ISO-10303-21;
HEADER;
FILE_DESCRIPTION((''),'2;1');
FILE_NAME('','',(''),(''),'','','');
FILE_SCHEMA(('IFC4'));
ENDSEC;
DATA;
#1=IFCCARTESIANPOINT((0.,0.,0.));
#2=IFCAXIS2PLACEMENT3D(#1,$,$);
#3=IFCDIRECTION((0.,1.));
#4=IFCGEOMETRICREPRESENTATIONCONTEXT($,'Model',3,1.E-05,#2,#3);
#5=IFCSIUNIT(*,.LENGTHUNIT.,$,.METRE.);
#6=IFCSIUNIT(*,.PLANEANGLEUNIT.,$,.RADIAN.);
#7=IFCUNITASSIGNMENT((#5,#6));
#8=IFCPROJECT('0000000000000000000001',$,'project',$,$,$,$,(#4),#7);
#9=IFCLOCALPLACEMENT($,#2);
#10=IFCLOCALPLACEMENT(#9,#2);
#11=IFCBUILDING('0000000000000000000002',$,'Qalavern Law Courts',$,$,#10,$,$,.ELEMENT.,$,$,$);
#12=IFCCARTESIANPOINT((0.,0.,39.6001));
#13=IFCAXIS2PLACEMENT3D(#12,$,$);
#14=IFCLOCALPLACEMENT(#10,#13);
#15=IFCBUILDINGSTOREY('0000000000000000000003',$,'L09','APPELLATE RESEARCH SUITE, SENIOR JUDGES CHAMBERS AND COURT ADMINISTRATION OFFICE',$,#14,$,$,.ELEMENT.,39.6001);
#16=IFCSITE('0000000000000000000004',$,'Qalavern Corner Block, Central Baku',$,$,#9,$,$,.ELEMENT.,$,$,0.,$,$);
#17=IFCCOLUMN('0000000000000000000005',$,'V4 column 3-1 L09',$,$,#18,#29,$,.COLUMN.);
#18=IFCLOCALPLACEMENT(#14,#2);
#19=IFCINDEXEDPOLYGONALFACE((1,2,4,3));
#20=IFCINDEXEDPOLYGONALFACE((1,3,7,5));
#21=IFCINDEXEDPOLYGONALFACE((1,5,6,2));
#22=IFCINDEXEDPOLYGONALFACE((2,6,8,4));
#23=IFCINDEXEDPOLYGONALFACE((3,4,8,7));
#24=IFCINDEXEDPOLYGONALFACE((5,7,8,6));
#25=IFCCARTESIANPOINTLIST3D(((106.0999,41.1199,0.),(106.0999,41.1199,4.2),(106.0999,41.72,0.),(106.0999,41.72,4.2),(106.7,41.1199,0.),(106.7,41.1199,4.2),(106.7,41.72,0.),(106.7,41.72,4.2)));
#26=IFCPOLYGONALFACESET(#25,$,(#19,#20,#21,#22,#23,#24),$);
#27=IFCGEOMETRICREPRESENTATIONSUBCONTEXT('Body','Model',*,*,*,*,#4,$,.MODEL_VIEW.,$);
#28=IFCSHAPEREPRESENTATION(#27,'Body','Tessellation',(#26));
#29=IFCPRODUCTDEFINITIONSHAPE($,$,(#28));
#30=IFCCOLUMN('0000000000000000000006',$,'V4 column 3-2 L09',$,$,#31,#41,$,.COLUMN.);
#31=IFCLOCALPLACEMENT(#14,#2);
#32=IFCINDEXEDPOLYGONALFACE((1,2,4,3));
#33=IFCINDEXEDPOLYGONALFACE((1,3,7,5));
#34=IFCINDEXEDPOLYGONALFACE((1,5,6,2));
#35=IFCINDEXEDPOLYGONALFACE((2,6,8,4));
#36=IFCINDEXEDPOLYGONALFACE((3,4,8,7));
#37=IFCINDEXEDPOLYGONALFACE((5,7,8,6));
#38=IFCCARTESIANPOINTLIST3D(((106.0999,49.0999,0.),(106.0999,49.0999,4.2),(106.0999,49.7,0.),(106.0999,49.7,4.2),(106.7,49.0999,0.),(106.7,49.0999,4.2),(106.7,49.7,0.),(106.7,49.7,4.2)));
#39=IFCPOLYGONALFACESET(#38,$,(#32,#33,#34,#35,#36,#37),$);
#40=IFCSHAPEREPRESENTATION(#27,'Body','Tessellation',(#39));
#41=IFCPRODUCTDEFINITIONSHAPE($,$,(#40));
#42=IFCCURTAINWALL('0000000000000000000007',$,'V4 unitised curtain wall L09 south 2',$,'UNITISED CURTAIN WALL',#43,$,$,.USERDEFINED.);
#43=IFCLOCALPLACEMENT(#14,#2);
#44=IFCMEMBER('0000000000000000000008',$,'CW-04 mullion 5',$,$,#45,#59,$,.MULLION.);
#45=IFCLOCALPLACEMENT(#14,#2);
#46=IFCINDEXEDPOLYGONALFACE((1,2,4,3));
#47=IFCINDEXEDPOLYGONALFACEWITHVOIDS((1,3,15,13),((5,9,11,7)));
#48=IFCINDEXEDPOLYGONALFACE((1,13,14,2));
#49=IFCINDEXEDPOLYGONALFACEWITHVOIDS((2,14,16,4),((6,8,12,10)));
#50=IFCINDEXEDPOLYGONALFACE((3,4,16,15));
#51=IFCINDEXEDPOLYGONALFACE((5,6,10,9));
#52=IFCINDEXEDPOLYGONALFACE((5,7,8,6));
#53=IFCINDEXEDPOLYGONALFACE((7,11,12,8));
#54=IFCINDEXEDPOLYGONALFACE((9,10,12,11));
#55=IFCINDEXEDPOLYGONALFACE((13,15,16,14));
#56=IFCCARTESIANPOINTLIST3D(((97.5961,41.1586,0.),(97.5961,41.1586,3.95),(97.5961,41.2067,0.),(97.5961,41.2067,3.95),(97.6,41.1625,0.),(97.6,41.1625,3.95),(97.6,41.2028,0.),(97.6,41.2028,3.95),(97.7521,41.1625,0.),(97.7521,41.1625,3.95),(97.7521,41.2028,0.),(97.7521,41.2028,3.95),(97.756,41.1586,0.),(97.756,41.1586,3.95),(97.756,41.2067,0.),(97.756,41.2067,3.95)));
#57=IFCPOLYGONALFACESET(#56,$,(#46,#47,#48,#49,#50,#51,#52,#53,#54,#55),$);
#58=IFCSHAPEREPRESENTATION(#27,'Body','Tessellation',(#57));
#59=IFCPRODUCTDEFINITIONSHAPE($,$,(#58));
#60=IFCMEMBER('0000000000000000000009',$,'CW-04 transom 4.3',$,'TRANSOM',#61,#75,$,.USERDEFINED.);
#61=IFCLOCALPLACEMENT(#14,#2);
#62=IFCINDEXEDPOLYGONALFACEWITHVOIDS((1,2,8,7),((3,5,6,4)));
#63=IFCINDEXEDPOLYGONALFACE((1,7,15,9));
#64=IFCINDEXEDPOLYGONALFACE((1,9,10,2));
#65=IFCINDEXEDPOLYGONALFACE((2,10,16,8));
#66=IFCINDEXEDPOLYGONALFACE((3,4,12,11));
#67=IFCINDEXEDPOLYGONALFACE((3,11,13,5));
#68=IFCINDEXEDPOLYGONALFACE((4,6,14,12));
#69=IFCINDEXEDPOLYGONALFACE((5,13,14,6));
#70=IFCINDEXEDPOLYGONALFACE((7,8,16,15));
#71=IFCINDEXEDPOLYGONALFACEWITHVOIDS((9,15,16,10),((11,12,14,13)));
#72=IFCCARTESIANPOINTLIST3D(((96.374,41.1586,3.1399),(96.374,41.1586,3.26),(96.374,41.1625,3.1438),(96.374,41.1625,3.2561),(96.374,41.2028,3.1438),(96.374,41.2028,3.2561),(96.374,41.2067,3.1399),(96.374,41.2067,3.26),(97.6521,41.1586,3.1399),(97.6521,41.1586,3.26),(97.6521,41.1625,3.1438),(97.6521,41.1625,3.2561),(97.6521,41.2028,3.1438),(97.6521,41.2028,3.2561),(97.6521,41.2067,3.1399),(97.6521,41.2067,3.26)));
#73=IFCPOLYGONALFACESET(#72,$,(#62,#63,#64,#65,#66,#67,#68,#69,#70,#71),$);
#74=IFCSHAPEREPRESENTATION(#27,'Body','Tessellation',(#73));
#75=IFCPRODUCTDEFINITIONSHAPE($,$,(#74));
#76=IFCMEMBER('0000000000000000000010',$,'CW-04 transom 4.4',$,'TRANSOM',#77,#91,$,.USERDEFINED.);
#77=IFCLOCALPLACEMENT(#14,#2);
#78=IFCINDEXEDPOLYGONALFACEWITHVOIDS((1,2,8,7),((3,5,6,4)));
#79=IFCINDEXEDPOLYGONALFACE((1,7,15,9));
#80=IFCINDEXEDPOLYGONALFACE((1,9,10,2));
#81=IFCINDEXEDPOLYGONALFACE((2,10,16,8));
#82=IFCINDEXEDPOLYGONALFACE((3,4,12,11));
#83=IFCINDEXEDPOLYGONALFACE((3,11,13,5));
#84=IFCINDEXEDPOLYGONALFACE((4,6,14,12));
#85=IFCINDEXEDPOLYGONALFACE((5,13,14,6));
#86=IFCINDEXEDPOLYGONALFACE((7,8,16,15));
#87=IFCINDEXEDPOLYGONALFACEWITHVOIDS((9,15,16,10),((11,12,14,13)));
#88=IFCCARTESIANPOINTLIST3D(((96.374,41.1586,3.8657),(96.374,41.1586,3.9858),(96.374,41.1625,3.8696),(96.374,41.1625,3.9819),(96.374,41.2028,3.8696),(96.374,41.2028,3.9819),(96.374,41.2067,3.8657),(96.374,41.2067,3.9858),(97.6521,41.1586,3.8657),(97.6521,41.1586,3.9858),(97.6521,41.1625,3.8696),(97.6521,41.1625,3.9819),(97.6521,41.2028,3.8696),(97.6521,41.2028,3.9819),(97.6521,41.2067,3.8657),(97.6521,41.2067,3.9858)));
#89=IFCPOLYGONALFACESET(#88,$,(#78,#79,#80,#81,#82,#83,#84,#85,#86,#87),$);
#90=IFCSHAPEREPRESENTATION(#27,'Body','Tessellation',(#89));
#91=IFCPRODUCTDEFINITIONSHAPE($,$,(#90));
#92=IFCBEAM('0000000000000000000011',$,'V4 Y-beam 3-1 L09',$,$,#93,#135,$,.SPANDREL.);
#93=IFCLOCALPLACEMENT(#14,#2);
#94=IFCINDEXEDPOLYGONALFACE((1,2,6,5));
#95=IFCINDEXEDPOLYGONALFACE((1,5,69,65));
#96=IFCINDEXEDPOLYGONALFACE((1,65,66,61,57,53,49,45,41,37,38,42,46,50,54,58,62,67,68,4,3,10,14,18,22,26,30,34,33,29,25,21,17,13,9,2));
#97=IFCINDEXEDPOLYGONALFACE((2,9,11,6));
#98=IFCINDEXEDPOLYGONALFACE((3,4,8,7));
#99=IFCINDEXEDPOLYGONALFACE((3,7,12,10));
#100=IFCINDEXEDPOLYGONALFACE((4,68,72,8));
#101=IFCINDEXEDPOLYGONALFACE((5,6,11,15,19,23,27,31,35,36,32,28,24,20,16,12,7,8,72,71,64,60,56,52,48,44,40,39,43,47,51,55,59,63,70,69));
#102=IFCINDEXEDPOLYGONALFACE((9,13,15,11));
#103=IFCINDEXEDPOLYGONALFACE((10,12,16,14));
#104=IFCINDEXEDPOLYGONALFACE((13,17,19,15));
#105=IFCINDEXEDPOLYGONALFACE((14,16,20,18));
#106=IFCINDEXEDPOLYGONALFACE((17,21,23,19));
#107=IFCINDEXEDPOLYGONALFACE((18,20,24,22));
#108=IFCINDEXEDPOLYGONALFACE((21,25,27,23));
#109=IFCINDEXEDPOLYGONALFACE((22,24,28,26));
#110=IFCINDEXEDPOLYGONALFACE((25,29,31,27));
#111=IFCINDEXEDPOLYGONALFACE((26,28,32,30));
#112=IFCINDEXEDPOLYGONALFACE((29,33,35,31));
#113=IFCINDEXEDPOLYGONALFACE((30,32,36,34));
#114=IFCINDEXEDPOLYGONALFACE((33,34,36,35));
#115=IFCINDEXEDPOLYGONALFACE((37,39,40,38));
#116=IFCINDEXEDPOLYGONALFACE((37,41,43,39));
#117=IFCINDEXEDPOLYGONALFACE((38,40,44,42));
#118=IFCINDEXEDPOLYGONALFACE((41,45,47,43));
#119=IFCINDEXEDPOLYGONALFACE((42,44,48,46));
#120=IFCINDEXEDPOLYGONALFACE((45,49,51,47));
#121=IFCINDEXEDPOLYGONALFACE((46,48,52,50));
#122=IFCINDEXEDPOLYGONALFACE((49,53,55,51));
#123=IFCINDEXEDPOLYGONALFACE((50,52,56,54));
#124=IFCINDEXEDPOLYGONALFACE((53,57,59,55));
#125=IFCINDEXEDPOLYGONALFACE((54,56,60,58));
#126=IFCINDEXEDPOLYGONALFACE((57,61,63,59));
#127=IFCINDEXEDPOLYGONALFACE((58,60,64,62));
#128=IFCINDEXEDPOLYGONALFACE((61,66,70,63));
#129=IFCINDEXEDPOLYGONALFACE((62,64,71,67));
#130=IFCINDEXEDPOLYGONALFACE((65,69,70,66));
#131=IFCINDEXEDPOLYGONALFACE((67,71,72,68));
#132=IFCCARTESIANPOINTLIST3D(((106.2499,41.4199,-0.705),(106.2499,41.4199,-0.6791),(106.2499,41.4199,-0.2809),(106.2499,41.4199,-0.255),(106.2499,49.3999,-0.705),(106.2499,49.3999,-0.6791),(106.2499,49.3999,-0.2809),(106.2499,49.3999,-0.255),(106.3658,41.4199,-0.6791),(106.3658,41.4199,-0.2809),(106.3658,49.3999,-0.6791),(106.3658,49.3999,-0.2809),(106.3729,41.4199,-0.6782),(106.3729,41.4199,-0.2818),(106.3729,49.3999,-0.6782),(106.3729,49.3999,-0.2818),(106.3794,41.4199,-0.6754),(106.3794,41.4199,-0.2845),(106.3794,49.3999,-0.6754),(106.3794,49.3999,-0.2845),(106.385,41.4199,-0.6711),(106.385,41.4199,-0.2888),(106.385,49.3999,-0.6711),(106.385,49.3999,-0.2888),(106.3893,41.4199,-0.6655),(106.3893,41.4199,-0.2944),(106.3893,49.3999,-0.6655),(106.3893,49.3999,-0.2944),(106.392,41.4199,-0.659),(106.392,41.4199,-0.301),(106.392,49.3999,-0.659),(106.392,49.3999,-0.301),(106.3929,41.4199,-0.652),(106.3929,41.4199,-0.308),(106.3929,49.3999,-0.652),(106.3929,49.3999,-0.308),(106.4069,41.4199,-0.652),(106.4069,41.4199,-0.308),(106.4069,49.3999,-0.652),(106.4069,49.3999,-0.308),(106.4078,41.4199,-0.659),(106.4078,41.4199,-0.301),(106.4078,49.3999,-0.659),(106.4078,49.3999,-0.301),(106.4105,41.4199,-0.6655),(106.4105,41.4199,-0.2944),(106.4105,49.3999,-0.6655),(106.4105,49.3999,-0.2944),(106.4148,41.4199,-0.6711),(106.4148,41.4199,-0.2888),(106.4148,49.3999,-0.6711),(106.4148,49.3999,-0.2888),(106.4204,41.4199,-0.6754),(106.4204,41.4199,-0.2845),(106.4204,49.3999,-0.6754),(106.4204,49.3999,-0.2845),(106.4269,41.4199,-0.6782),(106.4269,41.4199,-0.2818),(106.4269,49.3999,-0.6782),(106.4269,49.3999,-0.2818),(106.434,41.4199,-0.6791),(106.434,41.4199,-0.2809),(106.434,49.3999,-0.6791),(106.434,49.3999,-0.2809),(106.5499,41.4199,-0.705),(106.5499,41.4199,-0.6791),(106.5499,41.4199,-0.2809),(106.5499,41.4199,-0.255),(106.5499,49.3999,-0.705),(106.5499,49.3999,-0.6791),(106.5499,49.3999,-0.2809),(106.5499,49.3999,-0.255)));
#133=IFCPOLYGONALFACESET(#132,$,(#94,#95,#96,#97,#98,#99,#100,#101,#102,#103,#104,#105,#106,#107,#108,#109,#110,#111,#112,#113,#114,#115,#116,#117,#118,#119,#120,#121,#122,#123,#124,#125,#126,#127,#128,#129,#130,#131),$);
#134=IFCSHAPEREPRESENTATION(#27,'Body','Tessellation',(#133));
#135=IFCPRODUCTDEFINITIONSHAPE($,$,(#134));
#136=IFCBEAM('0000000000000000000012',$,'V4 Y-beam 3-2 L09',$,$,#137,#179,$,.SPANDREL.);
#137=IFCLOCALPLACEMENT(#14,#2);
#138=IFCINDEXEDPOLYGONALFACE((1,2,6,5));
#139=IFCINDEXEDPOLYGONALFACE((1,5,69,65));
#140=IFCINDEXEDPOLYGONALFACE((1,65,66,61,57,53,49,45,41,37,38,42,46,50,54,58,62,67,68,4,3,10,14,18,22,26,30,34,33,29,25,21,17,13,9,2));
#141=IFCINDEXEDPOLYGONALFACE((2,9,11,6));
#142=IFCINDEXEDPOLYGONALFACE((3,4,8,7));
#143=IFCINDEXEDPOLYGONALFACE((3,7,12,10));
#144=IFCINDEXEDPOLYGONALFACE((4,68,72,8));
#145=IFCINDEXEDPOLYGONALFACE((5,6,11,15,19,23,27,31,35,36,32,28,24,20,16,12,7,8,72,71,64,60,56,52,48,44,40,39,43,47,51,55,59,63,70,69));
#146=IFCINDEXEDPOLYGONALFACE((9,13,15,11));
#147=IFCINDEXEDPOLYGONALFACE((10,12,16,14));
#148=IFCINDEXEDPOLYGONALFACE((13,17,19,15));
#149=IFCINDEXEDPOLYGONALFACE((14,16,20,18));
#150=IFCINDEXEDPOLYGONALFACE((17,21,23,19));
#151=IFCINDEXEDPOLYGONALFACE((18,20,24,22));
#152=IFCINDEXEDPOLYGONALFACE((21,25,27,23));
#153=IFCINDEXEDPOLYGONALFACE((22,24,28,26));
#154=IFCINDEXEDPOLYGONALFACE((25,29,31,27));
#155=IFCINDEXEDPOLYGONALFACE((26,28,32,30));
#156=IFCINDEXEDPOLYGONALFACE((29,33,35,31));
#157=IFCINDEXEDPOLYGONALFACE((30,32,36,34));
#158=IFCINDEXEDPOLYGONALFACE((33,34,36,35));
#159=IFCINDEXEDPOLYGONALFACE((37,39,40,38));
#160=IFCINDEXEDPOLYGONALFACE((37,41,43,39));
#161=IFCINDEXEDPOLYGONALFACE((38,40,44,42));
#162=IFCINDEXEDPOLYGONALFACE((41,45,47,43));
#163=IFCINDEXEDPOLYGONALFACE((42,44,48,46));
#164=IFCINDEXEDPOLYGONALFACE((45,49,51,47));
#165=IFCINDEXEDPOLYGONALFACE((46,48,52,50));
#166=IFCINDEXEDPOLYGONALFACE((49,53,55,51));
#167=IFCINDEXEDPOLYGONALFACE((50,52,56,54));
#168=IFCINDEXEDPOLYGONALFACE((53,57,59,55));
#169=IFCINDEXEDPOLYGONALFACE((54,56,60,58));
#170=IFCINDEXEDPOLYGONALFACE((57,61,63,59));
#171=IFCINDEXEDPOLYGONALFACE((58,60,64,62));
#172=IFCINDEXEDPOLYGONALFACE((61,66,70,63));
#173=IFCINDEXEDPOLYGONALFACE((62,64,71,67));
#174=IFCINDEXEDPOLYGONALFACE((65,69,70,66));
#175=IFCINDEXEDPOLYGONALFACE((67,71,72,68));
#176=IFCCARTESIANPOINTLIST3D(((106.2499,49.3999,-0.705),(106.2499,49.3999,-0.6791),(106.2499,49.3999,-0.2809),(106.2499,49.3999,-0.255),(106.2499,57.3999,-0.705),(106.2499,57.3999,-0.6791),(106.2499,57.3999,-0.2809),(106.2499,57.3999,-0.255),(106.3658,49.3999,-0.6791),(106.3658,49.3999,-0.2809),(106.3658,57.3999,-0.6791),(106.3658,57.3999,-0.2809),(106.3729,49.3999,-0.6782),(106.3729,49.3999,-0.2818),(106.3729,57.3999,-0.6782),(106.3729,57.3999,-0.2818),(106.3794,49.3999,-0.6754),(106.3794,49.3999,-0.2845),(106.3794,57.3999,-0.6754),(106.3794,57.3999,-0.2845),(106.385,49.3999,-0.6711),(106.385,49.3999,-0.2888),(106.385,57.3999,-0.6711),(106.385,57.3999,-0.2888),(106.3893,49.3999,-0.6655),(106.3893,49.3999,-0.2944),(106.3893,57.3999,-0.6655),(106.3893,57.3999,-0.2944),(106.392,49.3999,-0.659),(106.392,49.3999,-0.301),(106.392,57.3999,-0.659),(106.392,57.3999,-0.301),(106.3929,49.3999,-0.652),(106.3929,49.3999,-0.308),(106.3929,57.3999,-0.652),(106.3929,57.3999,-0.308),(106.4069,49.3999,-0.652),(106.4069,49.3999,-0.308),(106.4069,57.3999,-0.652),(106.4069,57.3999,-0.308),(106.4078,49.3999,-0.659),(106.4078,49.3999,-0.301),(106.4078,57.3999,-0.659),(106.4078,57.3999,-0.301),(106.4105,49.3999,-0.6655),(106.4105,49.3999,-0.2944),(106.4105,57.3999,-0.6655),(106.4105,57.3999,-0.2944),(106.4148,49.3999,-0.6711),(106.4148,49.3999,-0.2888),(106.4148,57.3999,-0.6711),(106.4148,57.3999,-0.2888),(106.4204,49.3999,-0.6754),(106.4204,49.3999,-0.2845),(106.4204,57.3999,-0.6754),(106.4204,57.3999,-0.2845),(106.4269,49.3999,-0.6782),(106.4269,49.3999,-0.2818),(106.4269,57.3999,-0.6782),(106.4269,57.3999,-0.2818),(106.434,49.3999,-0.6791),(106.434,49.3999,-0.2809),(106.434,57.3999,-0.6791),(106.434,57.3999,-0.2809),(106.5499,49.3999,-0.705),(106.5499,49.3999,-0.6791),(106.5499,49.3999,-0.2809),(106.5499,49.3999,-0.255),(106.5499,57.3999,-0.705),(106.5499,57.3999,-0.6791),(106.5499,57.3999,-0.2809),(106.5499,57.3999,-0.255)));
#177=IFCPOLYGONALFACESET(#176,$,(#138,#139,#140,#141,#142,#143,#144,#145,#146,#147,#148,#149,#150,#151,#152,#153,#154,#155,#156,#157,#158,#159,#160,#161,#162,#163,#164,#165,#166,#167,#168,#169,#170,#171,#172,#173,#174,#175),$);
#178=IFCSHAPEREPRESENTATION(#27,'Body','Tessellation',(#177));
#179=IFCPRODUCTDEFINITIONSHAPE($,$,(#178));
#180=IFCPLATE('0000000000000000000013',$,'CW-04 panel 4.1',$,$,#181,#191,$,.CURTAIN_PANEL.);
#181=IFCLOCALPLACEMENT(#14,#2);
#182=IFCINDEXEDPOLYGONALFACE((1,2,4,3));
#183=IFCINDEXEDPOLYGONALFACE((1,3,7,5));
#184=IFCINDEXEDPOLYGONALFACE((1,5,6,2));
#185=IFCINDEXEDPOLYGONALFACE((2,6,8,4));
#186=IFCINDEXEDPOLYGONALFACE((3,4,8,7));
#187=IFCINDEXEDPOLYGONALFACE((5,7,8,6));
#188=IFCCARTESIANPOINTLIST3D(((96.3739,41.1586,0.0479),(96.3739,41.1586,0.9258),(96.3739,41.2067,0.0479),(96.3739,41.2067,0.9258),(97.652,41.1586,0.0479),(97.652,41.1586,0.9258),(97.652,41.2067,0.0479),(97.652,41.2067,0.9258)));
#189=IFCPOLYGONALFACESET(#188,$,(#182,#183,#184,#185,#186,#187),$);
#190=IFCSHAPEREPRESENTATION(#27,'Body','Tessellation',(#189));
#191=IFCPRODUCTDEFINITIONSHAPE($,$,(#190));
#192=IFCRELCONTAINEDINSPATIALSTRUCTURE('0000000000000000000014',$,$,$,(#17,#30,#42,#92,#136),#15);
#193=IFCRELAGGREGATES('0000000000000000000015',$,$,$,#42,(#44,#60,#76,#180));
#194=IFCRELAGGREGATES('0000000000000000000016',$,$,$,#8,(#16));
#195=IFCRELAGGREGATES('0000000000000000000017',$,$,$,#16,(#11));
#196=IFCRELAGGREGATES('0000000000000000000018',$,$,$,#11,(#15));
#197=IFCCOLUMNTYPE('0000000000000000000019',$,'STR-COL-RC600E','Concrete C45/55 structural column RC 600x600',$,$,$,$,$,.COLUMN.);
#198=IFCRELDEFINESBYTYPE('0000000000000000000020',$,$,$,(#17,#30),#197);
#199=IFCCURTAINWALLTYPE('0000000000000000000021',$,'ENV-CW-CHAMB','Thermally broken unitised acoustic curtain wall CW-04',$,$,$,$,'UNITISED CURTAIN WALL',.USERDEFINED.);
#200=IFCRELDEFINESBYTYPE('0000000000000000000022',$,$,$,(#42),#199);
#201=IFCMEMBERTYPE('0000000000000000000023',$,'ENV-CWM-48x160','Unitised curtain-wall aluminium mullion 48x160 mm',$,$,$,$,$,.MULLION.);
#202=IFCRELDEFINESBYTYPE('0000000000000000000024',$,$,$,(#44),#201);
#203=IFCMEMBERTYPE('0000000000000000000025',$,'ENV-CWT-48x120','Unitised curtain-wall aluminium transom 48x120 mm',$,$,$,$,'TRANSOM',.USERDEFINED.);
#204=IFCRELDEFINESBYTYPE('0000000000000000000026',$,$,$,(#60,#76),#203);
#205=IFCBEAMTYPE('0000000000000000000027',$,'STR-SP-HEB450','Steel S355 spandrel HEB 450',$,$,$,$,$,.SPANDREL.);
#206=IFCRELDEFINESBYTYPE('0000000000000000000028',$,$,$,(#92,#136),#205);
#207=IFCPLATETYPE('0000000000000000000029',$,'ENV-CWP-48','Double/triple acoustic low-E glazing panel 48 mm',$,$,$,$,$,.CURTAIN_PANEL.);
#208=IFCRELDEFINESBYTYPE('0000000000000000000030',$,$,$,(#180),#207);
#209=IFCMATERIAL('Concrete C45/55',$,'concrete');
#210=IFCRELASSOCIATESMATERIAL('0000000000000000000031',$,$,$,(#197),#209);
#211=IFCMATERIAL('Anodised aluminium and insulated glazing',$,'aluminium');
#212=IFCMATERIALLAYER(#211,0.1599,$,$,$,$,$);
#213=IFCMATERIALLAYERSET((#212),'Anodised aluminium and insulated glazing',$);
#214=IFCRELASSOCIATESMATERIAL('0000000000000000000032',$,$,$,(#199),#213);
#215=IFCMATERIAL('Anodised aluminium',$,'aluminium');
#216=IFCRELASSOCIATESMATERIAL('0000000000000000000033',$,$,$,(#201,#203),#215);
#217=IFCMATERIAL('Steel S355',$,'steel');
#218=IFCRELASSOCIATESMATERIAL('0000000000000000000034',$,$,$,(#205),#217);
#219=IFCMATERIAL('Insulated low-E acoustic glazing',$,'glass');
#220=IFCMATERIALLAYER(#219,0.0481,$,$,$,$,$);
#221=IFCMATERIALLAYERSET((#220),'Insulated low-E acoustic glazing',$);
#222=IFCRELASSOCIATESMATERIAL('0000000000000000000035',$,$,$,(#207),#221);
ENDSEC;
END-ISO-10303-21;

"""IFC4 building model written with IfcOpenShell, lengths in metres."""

from ifc_helpers import new_model, si_unit, direction, frame, origin, origin_2d, place, context, subcontext, project, spatial, rectangle, hollow_rectangle, i_section, extrude, material, layer, layer_set, material_profile, profile_set, type_object, element, aggregate, save


model = new_model("IFC4")

# Units and contexts
model_context = context("Model", 3, precision=1e-05, world=origin(), true_north=direction((0.0, 1.0)))
body_context = subcontext(model_context, "Body", "Model", "MODEL_VIEW")
ifc_project = project(units=[si_unit("LENGTHUNIT", "METRE"), si_unit("PLANEANGLEUNIT", "RADIAN")], contexts=[model_context])

# Site, building, storey
site_placement = place(None, origin())
site = spatial("IfcSite", under=ifc_project, at=site_placement, Name="Qalavern Corner Block, Central Baku", CompositionType="ELEMENT", RefElevation=0.0)
building_placement = place(site_placement, origin())
building = spatial("IfcBuilding", under=site, at=building_placement, Name="Qalavern Law Courts", CompositionType="ELEMENT")
storey_placement = place(building_placement, frame((0.0, 0.0, 39.6001)))
storey = spatial("IfcBuildingStorey", under=building, at=storey_placement, Name="L09", Description="APPELLATE RESEARCH SUITE, SENIOR JUDGES CHAMBERS AND COURT ADMINISTRATION OFFICE", CompositionType="ELEMENT", Elevation=39.6001)

# Columns
ifc_material_1 = material(Name="Concrete C45/55", Category="concrete")
ifc_material_profile_1 = material_profile(ifc_material_1, rectangle(XDim=0.6001, YDim=0.6001, at=origin_2d()), Name="RC 600x600")
ifc_profile_set_1 = profile_set([ifc_material_profile_1], Name="Concrete C45/55")
column_type = type_object("IfcColumnType", Name="STR-COL-RC600E", Description="Concrete C45/55 structural column RC 600x600", PredefinedType="COLUMN", material=ifc_profile_set_1)
for number, where, z_axis, x_axis, name in (
    (1, (106.3999, 41.4199, 0.0), (0.0, 0.0, 1.0), (1.0, 0.0, 0.0), "V4 column 3-1 L09"),
    (2, (106.3999, 49.3999, 0.0), (0.0, 0.0, 1.0), (1.0, 0.0, 0.0), "V4 column 3-2 L09"),
):
    element("IfcColumn", number, at=place(storey_placement, frame(where, z_axis=z_axis, x_axis=x_axis)), inside=storey, type_object=column_type, Name=name, PredefinedType="COLUMN", context=body_context, shape_type="SweptSolid", body=[
        extrude(rectangle(XDim=0.6001, YDim=0.6001, at=origin_2d()), origin(), (0.0, 0.0, 1.0), 4.2),
    ])

# Curtain wall, members
ifc_material_2 = material(Name="Anodised aluminium and insulated glazing", Category="aluminium")
ifc_layer_1 = layer(ifc_material_2, 0.1599)
ifc_layer_set_1 = layer_set([ifc_layer_1], Name="Anodised aluminium and insulated glazing")
curtain_wall_type = type_object("IfcCurtainWallType", Name="ENV-CW-CHAMB", Description="Thermally broken unitised acoustic curtain wall CW-04", ElementType="UNITISED CURTAIN WALL", PredefinedType="USERDEFINED", material=ifc_layer_set_1)
curtain_wall_placement = place(storey_placement, origin())
curtain_wall = element("IfcCurtainWall", 3, at=curtain_wall_placement, inside=storey, type_object=curtain_wall_type, Name="V4 unitised curtain wall L09 south 2", ObjectType="UNITISED CURTAIN WALL", PredefinedType="USERDEFINED")
ifc_material_3 = material(Name="Anodised aluminium", Category="aluminium")
ifc_material_profile_2 = material_profile(ifc_material_3, hollow_rectangle(XDim=0.0481, YDim=0.1599, WallThickness=0.0039, at=origin_2d()), Name="ALU MULLION 48x160")
ifc_profile_set_2 = profile_set([ifc_material_profile_2], Name="Anodised aluminium")
member_type_1 = type_object("IfcMemberType", Name="ENV-CWM-48x160", Description="Unitised curtain-wall aluminium mullion 48x160 mm", PredefinedType="MULLION", material=ifc_profile_set_2)
member_1_placement = place(storey_placement, frame((97.676, 41.1826, 0.0), z_axis=(0.0, 0.0, 1.0), x_axis=(0.0, 1.0, 0.0)))
member_1 = element("IfcMember", 4, at=member_1_placement, type_object=member_type_1, Name="CW-04 mullion 5", PredefinedType="MULLION", context=body_context, shape_type="SweptSolid", body=[
    extrude(hollow_rectangle(XDim=0.0481, YDim=0.1599, WallThickness=0.0039, at=origin_2d()), origin(), (0.0, 0.0, 1.0), 3.95),
])
ifc_material_profile_3 = material_profile(ifc_material_3, hollow_rectangle(XDim=0.0481, YDim=0.1201, WallThickness=0.0039, at=origin_2d()), Name="ALU TRANSOM 48x120")
ifc_profile_set_3 = profile_set([ifc_material_profile_3], Name="Anodised aluminium")
member_type_2 = type_object("IfcMemberType", Name="ENV-CWT-48x120", Description="Unitised curtain-wall aluminium transom 48x120 mm", ElementType="TRANSOM", PredefinedType="USERDEFINED", material=ifc_profile_set_3)
member_2_placement = place(storey_placement, frame((96.374, 41.1826, 3.2), z_axis=(1.0, 0.0, 0.0), x_axis=(0.0, 1.0, 0.0)))
member_2 = element("IfcMember", 5, at=member_2_placement, type_object=member_type_2, Name="CW-04 transom 4.3", ObjectType="TRANSOM", PredefinedType="USERDEFINED", context=body_context, shape_type="SweptSolid", body=[
    extrude(hollow_rectangle(XDim=0.0481, YDim=0.1201, WallThickness=0.0039, at=origin_2d()), origin(), (0.0, 0.0, 1.0), 1.2781),
])
member_3_placement = place(storey_placement, frame((96.374, 41.1826, 3.9258), z_axis=(1.0, 0.0, 0.0), x_axis=(0.0, 1.0, 0.0)))
member_3 = element("IfcMember", 6, at=member_3_placement, type_object=member_type_2, Name="CW-04 transom 4.4", ObjectType="TRANSOM", PredefinedType="USERDEFINED", context=body_context, shape_type="SweptSolid", body=[
    extrude(hollow_rectangle(XDim=0.0481, YDim=0.1201, WallThickness=0.0039, at=origin_2d()), origin(), (0.0, 0.0, 1.0), 1.2781),
])

# Beams
ifc_material_4 = material(Name="Steel S355", Category="steel")
ifc_material_profile_4 = material_profile(ifc_material_4, i_section(OverallWidth=0.3, OverallDepth=0.45, WebThickness=0.0139, FlangeThickness=0.0259, FilletRadius=0.0271, at=origin_2d()), Name="HEB 450")
ifc_profile_set_4 = profile_set([ifc_material_profile_4], Name="Steel S355")
beam_type = type_object("IfcBeamType", Name="STR-SP-HEB450", Description="Steel S355 spandrel HEB 450", PredefinedType="SPANDREL", material=ifc_profile_set_4)
beam_1_placement = place(storey_placement, frame((106.3999, 41.4199, -0.48), z_axis=(0.0, 1.0, 0.0), x_axis=(-1.0, 0.0, 0.0)))
element("IfcBeam", 7, at=beam_1_placement, inside=storey, type_object=beam_type, Name="V4 Y-beam 3-1 L09", PredefinedType="SPANDREL", context=body_context, shape_type="SweptSolid", body=[
    extrude(i_section(OverallWidth=0.3, OverallDepth=0.45, WebThickness=0.0139, FlangeThickness=0.0259, FilletRadius=0.0271, at=origin_2d()), origin(), (0.0, 0.0, 1.0), 7.98),
])
beam_2_placement = place(storey_placement, frame((106.3999, 49.3999, -0.48), z_axis=(0.0, 1.0, 0.0), x_axis=(-1.0, 0.0, 0.0)))
element("IfcBeam", 8, at=beam_2_placement, inside=storey, type_object=beam_type, Name="V4 Y-beam 3-2 L09", PredefinedType="SPANDREL", context=body_context, shape_type="SweptSolid", body=[
    extrude(i_section(OverallWidth=0.3, OverallDepth=0.45, WebThickness=0.0139, FlangeThickness=0.0259, FilletRadius=0.0271, at=origin_2d()), origin(), (0.0, 0.0, 1.0), 8.0),
])

# Plate
ifc_material_5 = material(Name="Insulated low-E acoustic glazing", Category="glass")
ifc_layer_2 = layer(ifc_material_5, 0.0481)
ifc_layer_set_2 = layer_set([ifc_layer_2], Name="Insulated low-E acoustic glazing")
plate_type = type_object("IfcPlateType", Name="ENV-CWP-48", Description="Double/triple acoustic low-E glazing panel 48 mm", PredefinedType="CURTAIN_PANEL", material=ifc_layer_set_2)
plate_1_placement = place(storey_placement, frame((97.0129, 41.1826, 0.0479), z_axis=(0.0, 0.0, 1.0), x_axis=(1.0, 0.0, 0.0)))
plate_1 = element("IfcPlate", 9, at=plate_1_placement, type_object=plate_type, Name="CW-04 panel 4.1", PredefinedType="CURTAIN_PANEL", context=body_context, shape_type="SweptSolid", body=[
    extrude(rectangle(XDim=1.2781, YDim=0.0481, at=origin_2d()), origin(), (0.0, 0.0, 1.0), 0.8779),
])
aggregate(curtain_wall, [member_1, member_2, member_3, plate_1])

save(model, "model.ifc")
